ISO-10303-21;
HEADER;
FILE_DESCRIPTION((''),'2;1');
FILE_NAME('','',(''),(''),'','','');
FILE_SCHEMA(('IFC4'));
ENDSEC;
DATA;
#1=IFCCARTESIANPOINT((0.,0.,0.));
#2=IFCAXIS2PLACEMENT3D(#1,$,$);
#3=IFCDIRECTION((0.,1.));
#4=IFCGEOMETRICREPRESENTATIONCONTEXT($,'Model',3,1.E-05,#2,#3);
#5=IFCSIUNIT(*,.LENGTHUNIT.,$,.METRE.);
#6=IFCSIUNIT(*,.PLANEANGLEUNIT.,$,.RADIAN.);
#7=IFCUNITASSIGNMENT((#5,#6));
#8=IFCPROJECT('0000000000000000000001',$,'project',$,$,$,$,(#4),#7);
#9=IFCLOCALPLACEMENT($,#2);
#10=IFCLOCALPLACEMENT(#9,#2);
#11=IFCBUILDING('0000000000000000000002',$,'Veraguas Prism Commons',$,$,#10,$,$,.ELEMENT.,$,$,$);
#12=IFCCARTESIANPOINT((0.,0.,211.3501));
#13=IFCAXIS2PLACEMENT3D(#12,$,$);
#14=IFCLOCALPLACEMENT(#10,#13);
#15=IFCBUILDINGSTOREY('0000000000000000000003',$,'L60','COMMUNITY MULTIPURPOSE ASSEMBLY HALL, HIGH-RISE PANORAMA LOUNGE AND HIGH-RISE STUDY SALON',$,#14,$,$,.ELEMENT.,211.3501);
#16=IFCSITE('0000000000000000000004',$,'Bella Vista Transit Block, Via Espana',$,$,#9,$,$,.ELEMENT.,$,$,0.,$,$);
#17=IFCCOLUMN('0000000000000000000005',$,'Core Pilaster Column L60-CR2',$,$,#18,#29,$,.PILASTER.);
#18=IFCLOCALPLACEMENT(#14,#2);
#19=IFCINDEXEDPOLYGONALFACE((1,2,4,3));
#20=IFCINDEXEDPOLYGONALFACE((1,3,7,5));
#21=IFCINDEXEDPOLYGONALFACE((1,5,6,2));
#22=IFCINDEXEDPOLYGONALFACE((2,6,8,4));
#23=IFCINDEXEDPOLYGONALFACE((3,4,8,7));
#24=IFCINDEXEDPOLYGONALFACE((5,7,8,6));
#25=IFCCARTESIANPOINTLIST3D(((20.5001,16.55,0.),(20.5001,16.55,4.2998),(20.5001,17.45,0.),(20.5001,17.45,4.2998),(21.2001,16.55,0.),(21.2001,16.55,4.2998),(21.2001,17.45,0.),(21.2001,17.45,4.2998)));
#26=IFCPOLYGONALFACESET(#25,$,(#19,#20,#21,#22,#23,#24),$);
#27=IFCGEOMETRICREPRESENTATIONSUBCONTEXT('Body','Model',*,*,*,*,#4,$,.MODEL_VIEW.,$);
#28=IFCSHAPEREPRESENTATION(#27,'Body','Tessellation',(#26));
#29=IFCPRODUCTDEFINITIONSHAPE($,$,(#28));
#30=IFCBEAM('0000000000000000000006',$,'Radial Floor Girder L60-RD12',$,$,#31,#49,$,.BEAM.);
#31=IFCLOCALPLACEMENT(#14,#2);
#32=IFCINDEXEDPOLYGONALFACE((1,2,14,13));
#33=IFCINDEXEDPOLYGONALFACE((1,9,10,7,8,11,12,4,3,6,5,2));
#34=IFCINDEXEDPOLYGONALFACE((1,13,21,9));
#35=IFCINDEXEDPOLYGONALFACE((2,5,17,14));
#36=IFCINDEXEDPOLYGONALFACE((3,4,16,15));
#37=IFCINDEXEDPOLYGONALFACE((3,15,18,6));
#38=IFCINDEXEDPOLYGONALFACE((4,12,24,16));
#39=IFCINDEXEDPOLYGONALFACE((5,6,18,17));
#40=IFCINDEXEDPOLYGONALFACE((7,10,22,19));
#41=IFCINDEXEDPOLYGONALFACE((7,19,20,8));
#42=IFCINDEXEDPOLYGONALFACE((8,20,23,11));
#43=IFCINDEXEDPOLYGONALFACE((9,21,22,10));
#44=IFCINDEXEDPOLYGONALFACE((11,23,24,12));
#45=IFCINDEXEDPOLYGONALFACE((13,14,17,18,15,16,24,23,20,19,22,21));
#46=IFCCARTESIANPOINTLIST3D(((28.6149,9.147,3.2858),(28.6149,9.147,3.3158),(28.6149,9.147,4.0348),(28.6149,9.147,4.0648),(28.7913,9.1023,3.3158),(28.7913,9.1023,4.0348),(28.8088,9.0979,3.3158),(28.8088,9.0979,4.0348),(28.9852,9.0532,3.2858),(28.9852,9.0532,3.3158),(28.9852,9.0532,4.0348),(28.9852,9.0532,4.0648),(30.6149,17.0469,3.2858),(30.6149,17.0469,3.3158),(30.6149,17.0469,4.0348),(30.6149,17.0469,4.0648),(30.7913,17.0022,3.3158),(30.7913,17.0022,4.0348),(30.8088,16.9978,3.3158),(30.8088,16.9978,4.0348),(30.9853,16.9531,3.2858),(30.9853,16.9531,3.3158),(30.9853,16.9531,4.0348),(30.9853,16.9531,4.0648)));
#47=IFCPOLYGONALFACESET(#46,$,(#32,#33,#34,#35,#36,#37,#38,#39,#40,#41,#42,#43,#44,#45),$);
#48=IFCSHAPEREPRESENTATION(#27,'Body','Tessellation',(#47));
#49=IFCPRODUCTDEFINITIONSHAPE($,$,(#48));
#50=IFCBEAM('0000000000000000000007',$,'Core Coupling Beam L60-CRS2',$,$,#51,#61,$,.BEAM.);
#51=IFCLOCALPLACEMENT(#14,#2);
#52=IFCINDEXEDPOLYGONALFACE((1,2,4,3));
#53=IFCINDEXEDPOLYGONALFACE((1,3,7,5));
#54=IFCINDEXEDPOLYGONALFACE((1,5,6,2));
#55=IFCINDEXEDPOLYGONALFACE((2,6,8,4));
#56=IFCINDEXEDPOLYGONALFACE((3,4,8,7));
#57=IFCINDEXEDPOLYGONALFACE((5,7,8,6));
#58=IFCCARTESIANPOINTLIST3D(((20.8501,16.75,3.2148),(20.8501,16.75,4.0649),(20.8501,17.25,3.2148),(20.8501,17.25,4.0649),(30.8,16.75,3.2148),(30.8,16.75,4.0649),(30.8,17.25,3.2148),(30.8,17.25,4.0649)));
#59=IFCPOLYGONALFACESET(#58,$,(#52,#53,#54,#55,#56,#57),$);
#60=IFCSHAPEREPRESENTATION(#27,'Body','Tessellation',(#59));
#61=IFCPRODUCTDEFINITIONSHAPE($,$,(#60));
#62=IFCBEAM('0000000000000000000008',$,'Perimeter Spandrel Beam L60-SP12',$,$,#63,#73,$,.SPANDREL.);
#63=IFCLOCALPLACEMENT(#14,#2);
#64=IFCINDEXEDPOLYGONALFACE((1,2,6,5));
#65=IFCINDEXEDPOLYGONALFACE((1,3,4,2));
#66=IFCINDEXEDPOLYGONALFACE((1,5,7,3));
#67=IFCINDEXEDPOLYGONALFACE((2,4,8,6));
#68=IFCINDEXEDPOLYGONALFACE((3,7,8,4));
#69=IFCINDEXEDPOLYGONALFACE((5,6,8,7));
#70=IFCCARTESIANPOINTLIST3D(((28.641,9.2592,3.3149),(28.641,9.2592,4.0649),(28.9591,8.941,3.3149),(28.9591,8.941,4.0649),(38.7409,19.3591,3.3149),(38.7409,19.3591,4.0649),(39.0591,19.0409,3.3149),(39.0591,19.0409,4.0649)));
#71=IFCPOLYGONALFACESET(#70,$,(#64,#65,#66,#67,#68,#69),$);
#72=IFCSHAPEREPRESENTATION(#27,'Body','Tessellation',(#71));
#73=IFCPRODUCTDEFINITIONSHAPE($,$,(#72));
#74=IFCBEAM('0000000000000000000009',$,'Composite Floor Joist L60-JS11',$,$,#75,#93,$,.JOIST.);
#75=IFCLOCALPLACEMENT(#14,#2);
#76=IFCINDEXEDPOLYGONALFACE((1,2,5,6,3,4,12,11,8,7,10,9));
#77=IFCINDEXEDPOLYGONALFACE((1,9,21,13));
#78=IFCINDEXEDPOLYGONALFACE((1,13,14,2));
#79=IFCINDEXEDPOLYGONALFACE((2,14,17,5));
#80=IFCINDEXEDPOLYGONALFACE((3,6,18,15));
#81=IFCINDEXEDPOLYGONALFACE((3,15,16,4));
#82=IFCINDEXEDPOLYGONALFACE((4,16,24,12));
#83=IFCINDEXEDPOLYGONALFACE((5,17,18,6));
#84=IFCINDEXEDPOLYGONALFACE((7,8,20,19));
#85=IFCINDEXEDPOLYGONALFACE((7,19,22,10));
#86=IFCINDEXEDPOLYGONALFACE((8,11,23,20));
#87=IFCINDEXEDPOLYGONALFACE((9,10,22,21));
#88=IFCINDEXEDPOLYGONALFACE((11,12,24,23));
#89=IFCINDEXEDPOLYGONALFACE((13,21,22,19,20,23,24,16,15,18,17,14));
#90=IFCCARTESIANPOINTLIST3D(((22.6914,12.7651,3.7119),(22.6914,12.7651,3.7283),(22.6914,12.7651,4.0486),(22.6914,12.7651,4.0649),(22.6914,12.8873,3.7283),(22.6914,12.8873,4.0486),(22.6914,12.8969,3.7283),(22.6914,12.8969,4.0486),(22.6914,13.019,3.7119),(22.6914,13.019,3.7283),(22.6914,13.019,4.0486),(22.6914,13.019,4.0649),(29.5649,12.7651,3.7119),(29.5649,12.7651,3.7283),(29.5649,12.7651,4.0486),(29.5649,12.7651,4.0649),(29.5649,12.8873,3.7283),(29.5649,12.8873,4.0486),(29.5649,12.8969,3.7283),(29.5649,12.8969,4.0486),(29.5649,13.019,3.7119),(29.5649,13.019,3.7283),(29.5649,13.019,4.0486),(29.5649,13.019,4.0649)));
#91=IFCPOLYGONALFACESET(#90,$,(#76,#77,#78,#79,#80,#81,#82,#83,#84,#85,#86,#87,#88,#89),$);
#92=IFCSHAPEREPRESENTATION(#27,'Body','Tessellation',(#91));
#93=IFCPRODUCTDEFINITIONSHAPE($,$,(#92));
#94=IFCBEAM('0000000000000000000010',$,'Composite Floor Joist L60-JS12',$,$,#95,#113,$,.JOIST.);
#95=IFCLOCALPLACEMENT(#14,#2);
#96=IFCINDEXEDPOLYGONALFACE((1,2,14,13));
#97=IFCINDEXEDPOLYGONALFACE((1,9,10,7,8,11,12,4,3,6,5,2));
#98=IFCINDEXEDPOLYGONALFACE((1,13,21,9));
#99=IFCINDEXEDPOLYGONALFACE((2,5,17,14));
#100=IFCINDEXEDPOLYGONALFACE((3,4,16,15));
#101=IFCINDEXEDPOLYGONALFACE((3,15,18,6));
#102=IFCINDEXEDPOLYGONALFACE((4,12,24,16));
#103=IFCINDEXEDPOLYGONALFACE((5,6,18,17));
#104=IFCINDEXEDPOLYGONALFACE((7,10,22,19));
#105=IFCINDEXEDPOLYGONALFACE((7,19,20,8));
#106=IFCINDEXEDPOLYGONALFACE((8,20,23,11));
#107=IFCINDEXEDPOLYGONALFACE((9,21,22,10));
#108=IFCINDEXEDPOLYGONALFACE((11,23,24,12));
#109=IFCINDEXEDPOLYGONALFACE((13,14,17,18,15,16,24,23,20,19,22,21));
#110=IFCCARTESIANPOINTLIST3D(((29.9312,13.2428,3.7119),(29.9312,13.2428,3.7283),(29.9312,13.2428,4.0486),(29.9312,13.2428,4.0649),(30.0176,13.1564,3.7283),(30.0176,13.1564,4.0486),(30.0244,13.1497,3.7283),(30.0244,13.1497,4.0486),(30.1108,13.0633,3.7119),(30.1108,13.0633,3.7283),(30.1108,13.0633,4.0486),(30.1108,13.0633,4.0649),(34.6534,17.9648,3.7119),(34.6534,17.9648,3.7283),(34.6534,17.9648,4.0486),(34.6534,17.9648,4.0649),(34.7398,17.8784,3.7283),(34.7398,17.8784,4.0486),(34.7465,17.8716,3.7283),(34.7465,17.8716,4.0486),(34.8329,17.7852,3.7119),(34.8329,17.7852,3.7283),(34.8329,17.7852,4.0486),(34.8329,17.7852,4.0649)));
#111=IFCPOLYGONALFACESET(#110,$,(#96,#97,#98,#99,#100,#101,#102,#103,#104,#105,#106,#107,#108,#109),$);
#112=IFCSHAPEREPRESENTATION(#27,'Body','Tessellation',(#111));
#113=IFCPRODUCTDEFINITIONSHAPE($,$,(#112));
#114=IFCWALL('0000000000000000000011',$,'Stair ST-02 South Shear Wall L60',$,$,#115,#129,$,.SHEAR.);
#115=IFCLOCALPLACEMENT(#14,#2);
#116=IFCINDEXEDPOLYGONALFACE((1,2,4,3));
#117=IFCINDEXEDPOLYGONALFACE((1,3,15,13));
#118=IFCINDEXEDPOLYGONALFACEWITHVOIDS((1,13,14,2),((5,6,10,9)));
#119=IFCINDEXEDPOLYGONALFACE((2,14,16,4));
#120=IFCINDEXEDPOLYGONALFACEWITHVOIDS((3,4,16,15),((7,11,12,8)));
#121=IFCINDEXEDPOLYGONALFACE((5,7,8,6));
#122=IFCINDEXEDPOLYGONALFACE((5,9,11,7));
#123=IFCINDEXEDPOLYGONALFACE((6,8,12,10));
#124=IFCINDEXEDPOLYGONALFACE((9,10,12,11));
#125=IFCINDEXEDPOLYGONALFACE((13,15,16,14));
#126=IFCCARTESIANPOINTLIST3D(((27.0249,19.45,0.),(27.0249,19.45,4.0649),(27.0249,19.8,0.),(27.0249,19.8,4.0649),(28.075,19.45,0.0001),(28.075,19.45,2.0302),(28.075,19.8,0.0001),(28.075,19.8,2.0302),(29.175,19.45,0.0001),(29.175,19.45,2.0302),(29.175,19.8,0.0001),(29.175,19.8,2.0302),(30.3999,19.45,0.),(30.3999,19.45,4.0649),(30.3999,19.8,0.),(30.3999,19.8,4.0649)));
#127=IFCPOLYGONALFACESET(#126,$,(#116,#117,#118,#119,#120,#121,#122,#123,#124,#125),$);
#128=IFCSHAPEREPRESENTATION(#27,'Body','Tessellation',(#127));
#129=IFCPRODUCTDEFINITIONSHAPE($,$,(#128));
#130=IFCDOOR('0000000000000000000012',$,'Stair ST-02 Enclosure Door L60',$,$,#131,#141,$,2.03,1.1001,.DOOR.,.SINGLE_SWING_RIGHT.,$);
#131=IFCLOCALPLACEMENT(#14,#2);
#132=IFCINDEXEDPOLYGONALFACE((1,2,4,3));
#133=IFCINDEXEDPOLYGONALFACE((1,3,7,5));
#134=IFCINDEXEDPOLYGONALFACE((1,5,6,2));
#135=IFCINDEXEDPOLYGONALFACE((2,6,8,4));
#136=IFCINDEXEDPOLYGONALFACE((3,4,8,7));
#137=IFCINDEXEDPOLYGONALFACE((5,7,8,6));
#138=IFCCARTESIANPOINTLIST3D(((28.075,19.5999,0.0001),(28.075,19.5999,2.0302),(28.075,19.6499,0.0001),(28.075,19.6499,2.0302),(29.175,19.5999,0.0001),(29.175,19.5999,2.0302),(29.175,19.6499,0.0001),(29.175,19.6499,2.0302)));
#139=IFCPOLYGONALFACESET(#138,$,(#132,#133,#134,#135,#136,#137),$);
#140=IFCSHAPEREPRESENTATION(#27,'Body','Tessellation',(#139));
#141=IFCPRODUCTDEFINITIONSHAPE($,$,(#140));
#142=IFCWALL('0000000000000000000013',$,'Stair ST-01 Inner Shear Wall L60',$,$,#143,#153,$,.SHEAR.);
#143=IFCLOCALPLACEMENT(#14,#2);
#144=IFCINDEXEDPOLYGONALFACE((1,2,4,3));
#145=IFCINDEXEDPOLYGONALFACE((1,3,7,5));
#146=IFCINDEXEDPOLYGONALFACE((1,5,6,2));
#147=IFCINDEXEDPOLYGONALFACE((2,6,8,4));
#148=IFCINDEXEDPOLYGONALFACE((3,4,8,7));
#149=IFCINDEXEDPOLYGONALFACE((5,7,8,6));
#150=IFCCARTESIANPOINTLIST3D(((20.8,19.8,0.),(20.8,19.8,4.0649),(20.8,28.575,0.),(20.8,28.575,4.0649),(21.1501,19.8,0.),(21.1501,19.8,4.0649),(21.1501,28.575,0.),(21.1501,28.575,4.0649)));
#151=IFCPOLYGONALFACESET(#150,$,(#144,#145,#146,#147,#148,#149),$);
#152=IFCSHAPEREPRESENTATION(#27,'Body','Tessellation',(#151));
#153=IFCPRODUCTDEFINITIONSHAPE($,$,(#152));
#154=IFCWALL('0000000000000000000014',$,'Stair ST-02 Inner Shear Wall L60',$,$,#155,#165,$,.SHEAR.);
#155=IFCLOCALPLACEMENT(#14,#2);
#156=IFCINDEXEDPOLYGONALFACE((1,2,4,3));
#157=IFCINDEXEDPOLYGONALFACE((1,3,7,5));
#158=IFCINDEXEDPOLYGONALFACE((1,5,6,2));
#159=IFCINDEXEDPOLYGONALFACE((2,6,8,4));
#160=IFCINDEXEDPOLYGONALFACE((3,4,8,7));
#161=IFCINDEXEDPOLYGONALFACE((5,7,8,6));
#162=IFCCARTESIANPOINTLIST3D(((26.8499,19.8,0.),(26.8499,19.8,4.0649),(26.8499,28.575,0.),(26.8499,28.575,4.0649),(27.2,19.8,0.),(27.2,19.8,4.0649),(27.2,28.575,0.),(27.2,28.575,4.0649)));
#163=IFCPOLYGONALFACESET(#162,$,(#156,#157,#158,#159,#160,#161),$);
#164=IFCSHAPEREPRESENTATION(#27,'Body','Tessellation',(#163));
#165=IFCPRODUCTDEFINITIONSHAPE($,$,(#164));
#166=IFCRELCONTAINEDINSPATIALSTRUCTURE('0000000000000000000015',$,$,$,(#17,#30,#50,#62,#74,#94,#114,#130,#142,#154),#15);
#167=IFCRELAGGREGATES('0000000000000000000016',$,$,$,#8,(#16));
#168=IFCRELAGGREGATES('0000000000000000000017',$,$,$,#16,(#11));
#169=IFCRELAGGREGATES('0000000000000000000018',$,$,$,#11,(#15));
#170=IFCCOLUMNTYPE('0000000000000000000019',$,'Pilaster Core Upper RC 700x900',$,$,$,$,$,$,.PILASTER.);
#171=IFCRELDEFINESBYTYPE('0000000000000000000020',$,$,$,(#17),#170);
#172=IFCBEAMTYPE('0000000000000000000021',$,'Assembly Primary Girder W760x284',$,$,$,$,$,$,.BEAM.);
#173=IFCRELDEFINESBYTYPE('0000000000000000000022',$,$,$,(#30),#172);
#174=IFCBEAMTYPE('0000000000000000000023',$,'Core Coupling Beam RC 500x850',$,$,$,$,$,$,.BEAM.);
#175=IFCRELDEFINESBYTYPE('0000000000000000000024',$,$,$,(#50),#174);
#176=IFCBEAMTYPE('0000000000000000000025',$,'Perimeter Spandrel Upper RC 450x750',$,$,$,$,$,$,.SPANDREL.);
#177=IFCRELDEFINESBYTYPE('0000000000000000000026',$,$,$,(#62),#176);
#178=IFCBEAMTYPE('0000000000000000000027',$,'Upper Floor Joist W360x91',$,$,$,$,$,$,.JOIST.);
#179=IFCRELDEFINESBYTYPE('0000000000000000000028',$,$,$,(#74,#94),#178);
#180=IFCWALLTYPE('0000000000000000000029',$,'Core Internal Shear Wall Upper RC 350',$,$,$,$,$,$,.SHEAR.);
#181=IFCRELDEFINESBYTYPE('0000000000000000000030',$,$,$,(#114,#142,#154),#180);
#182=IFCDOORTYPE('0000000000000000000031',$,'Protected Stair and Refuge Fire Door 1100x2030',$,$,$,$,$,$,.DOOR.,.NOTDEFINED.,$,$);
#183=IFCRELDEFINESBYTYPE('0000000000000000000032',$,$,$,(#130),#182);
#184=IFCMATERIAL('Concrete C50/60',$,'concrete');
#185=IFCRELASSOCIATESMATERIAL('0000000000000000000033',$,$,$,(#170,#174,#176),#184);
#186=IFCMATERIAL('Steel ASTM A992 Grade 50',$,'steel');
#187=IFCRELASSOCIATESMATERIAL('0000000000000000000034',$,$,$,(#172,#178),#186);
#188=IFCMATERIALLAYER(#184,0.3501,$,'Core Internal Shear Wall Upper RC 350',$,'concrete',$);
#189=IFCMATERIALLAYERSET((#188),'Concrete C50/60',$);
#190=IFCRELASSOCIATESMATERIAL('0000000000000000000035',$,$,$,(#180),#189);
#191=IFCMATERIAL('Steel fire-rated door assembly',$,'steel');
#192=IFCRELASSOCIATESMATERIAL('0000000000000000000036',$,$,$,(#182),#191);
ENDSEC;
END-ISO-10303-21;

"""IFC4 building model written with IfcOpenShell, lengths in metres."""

from ifc_helpers import new_model, si_unit, direction, frame, frame_2d, origin, origin_2d, place, context, subcontext, project, spatial, rectangle, i_section, extrude, source, transform, mapped, material, layer, layer_set, material_profile, profile_set, type_object, element, fill, save


model = new_model("IFC4")

# Units and contexts
model_context = context("Model", 3, precision=1e-05, world=origin(), true_north=direction((0.0, 1.0)))
body_context = subcontext(model_context, "Body", "Model", "MODEL_VIEW")
ifc_project = project(units=[si_unit("LENGTHUNIT", "METRE"), si_unit("PLANEANGLEUNIT", "RADIAN")], contexts=[model_context])

# Site, building, storey
site_placement = place(None, origin())
site = spatial("IfcSite", under=ifc_project, at=site_placement, Name="Bella Vista Transit Block, Via Espana", CompositionType="ELEMENT", RefElevation=0.0)
building_placement = place(site_placement, origin())
building = spatial("IfcBuilding", under=site, at=building_placement, Name="Veraguas Prism Commons", CompositionType="ELEMENT")
storey_placement = place(building_placement, frame((0.0, 0.0, 211.3501)))
storey = spatial("IfcBuildingStorey", under=building, at=storey_placement, Name="L60", Description="COMMUNITY MULTIPURPOSE ASSEMBLY HALL, HIGH-RISE PANORAMA LOUNGE AND HIGH-RISE STUDY SALON", CompositionType="ELEMENT", Elevation=211.3501)

# Column
ifc_material_1 = material(Name="Concrete C50/60", Category="concrete")
ifc_material_profile_1 = material_profile(ifc_material_1, rectangle(XDim=0.7, YDim=0.8999, at=origin_2d()), Name="RC700X900")
ifc_profile_set_1 = profile_set([ifc_material_profile_1], Name="Concrete C50/60")
column_type = type_object("IfcColumnType", Name="Pilaster Core Upper RC 700x900", PredefinedType="PILASTER", material=ifc_profile_set_1)
column_placement = place(storey_placement, frame((20.8501, 17.0, 0.0), z_axis=(0.0, 0.0, 1.0), x_axis=(1.0, 0.0, 0.0)))
element("IfcColumn", 1, at=column_placement, inside=storey, type_object=column_type, Name="Core Pilaster Column L60-CR2", PredefinedType="PILASTER", context=body_context, shape_type="SweptSolid", body=[
    extrude(rectangle(XDim=0.7, YDim=0.8999, at=origin_2d()), origin(), (0.0, 0.0, 1.0), 4.2998),
])

# Beams
ifc_material_2 = material(Name="Steel ASTM A992 Grade 50", Category="steel")
ifc_material_profile_2 = material_profile(ifc_material_2, i_section(OverallWidth=0.3821, OverallDepth=0.7791, WebThickness=0.0181, FlangeThickness=0.03, at=origin_2d()), Name="W760X284")
ifc_profile_set_2 = profile_set([ifc_material_profile_2], Name="Steel ASTM A992 Grade 50")
beam_type_1 = type_object("IfcBeamType", Name="Assembly Primary Girder W760x284", PredefinedType="BEAM", material=ifc_profile_set_2)
beam_1_placement = place(storey_placement, frame((28.8, 9.1001, 3.6753), z_axis=(0.245425, 0.969416, 0.0), x_axis=(-0.969416, 0.245425, 0.0)))
element("IfcBeam", 2, at=beam_1_placement, inside=storey, type_object=beam_type_1, Name="Radial Floor Girder L60-RD12", PredefinedType="BEAM", context=body_context, shape_type="SweptSolid", body=[
    extrude(i_section(OverallWidth=0.3821, OverallDepth=0.7791, WebThickness=0.0181, FlangeThickness=0.03, at=origin_2d()), origin(), (0.0, 0.0, 1.0), 8.1492),
])
ifc_material_profile_3 = material_profile(ifc_material_1, rectangle(XDim=0.5, YDim=0.8501, at=origin_2d()), Name="RC500X850")
ifc_profile_set_3 = profile_set([ifc_material_profile_3], Name="Concrete C50/60")
beam_type_2 = type_object("IfcBeamType", Name="Core Coupling Beam RC 500x850", PredefinedType="BEAM", material=ifc_profile_set_3)
beam_2_placement = place(storey_placement, frame((20.8501, 17.0, 3.6399), z_axis=(1.0, 0.0, 0.0), x_axis=(0.0, 1.0, 0.0)))
element("IfcBeam", 3, at=beam_2_placement, inside=storey, type_object=beam_type_2, Name="Core Coupling Beam L60-CRS2", PredefinedType="BEAM", context=body_context, shape_type="SweptSolid", body=[
    extrude(rectangle(XDim=0.5, YDim=0.8501, at=origin_2d()), origin(), (0.0, 0.0, 1.0), 9.95),
])
ifc_material_profile_4 = material_profile(ifc_material_1, rectangle(XDim=0.45, YDim=0.75, at=origin_2d()), Name="RC450X750")
ifc_profile_set_4 = profile_set([ifc_material_profile_4], Name="Concrete C50/60")
beam_type_3 = type_object("IfcBeamType", Name="Perimeter Spandrel Upper RC 450x750", PredefinedType="SPANDREL", material=ifc_profile_set_4)
beam_3_placement = place(storey_placement, frame((28.8, 9.1001, 3.6899), z_axis=(0.707107, 0.707107, 0.0), x_axis=(-0.707107, 0.707107, 0.0)))
element("IfcBeam", 4, at=beam_3_placement, inside=storey, type_object=beam_type_3, Name="Perimeter Spandrel Beam L60-SP12", PredefinedType="SPANDREL", context=body_context, shape_type="SweptSolid", body=[
    extrude(rectangle(XDim=0.45, YDim=0.75, at=origin_2d()), origin(), (0.0, 0.0, 1.0), 14.2834),
])
ifc_material_profile_5 = material_profile(ifc_material_2, i_section(OverallWidth=0.2539, OverallDepth=0.353, WebThickness=0.0095, FlangeThickness=0.0164, at=origin_2d()), Name="W360X91")
ifc_profile_set_5 = profile_set([ifc_material_profile_5], Name="Steel ASTM A992 Grade 50")
beam_type_4 = type_object("IfcBeamType", Name="Upper Floor Joist W360x91", PredefinedType="JOIST", material=ifc_profile_set_5)
beam_4_placement = place(storey_placement, frame((22.6914, 12.8921, 3.8884), z_axis=(1.0, 0.0, 0.0), x_axis=(0.0, 1.0, 0.0)))
element("IfcBeam", 5, at=beam_4_placement, inside=storey, type_object=beam_type_4, Name="Composite Floor Joist L60-JS11", PredefinedType="JOIST", context=body_context, shape_type="SweptSolid", body=[
    extrude(i_section(OverallWidth=0.2539, OverallDepth=0.353, WebThickness=0.0095, FlangeThickness=0.0164, at=origin_2d()), origin(), (0.0, 0.0, 1.0), 6.8735),
])
beam_5_placement = place(storey_placement, frame((30.021, 13.1531, 3.8884), z_axis=(0.707125, 0.707089, 0.0), x_axis=(-0.707089, 0.707125, 0.0)))
element("IfcBeam", 6, at=beam_5_placement, inside=storey, type_object=beam_type_4, Name="Composite Floor Joist L60-JS12", PredefinedType="JOIST", context=body_context, shape_type="SweptSolid", body=[
    extrude(i_section(OverallWidth=0.2539, OverallDepth=0.353, WebThickness=0.0095, FlangeThickness=0.0164, at=origin_2d()), origin(), (0.0, 0.0, 1.0), 6.678),
])

# Wall, opening, door
ifc_layer_1 = layer(ifc_material_1, 0.3501, Name="Core Internal Shear Wall Upper RC 350", Category="concrete")
ifc_layer_set_1 = layer_set([ifc_layer_1], Name="Concrete C50/60")
wall_type_1 = type_object("IfcWallType", Name="Core Internal Shear Wall Upper RC 350", PredefinedType="SHEAR", material=ifc_layer_set_1)
wall_1_placement = place(storey_placement, frame((27.0249, 19.625, 0.0), z_axis=(0.0, 0.0, 1.0), x_axis=(1.0, 0.0, 0.0)))
wall_1 = element("IfcWall", 7, at=wall_1_placement, inside=storey, type_object=wall_type_1, Name="Stair ST-02 South Shear Wall L60", PredefinedType="SHEAR", context=body_context, shape_type="SweptSolid", body=[
    extrude(rectangle(XDim=3.375, YDim=0.3501, at=frame_2d((1.6875, 0.0))), origin(), (0.0, 0.0, 1.0), 4.0649),
])
opening_1_placement = place(wall_1_placement, frame((1.05, 0.0, 0.0)))
opening_1 = element("IfcOpeningElement", 8, at=opening_1_placement, cuts=wall_1, PredefinedType="OPENING", context=body_context, shape_type="SweptSolid", body=[
    extrude(rectangle(XDim=1.1001, YDim=2.03, at=frame_2d((0.55, 1.0151))), frame((0.0, 0.1851, 0.0), z_axis=(0.0, -1.0, 0.0), x_axis=(1.0, 0.0, 0.0)), (0.0, 0.0, 1.0), 0.3701),
])
ifc_material_3 = material(Name="Steel fire-rated door assembly", Category="steel")
door_type_1 = type_object("IfcDoorType", Name="Protected Stair and Refuge Fire Door 1100x2030", OperationType="NOTDEFINED", PredefinedType="DOOR", material=ifc_material_3)
shared_shape_1 = source(origin(), body_context, "Body", "SweptSolid", [
    extrude(rectangle(XDim=1.1001, YDim=2.03, at=frame_2d((0.55, 1.0151))), frame((0.0, 0.0249, 0.0), z_axis=(0.0, -1.0, 0.0), x_axis=(1.0, 0.0, 0.0)), (0.0, 0.0, 1.0), 0.05),
])
door_1_placement = place(opening_1_placement, origin())
door_1 = element("IfcDoor", 9, at=door_1_placement, inside=storey, type_object=door_type_1, Name="Stair ST-02 Enclosure Door L60", OperationType="SINGLE_SWING_RIGHT", OverallHeight=2.03, OverallWidth=1.1001, PredefinedType="DOOR", context=body_context, shape_type="MappedRepresentation", body=[
    mapped(shared_shape_1, transform((0.0, 0.0, 0.0), scale=1.0)),
])
fill(opening_1, door_1)

# Walls
for number, where, z_axis, x_axis, name in (
    (10, (20.9751, 19.8, 0.0), (0.0, 0.0, 1.0), (0.0, 1.0, 0.0), "Stair ST-01 Inner Shear Wall L60"),
    (11, (27.0249, 19.8, 0.0), (0.0, 0.0, 1.0), (0.0, 1.0, 0.0), "Stair ST-02 Inner Shear Wall L60"),
):
    element("IfcWall", number, at=place(storey_placement, frame(where, z_axis=z_axis, x_axis=x_axis)), inside=storey, type_object=wall_type_1, Name=name, PredefinedType="SHEAR", context=body_context, shape_type="SweptSolid", body=[
        extrude(rectangle(XDim=8.7749, YDim=0.3501, at=frame_2d((4.3875, 0.0))), origin(), (0.0, 0.0, 1.0), 4.0649),
    ])

save(model, "model.ifc")
